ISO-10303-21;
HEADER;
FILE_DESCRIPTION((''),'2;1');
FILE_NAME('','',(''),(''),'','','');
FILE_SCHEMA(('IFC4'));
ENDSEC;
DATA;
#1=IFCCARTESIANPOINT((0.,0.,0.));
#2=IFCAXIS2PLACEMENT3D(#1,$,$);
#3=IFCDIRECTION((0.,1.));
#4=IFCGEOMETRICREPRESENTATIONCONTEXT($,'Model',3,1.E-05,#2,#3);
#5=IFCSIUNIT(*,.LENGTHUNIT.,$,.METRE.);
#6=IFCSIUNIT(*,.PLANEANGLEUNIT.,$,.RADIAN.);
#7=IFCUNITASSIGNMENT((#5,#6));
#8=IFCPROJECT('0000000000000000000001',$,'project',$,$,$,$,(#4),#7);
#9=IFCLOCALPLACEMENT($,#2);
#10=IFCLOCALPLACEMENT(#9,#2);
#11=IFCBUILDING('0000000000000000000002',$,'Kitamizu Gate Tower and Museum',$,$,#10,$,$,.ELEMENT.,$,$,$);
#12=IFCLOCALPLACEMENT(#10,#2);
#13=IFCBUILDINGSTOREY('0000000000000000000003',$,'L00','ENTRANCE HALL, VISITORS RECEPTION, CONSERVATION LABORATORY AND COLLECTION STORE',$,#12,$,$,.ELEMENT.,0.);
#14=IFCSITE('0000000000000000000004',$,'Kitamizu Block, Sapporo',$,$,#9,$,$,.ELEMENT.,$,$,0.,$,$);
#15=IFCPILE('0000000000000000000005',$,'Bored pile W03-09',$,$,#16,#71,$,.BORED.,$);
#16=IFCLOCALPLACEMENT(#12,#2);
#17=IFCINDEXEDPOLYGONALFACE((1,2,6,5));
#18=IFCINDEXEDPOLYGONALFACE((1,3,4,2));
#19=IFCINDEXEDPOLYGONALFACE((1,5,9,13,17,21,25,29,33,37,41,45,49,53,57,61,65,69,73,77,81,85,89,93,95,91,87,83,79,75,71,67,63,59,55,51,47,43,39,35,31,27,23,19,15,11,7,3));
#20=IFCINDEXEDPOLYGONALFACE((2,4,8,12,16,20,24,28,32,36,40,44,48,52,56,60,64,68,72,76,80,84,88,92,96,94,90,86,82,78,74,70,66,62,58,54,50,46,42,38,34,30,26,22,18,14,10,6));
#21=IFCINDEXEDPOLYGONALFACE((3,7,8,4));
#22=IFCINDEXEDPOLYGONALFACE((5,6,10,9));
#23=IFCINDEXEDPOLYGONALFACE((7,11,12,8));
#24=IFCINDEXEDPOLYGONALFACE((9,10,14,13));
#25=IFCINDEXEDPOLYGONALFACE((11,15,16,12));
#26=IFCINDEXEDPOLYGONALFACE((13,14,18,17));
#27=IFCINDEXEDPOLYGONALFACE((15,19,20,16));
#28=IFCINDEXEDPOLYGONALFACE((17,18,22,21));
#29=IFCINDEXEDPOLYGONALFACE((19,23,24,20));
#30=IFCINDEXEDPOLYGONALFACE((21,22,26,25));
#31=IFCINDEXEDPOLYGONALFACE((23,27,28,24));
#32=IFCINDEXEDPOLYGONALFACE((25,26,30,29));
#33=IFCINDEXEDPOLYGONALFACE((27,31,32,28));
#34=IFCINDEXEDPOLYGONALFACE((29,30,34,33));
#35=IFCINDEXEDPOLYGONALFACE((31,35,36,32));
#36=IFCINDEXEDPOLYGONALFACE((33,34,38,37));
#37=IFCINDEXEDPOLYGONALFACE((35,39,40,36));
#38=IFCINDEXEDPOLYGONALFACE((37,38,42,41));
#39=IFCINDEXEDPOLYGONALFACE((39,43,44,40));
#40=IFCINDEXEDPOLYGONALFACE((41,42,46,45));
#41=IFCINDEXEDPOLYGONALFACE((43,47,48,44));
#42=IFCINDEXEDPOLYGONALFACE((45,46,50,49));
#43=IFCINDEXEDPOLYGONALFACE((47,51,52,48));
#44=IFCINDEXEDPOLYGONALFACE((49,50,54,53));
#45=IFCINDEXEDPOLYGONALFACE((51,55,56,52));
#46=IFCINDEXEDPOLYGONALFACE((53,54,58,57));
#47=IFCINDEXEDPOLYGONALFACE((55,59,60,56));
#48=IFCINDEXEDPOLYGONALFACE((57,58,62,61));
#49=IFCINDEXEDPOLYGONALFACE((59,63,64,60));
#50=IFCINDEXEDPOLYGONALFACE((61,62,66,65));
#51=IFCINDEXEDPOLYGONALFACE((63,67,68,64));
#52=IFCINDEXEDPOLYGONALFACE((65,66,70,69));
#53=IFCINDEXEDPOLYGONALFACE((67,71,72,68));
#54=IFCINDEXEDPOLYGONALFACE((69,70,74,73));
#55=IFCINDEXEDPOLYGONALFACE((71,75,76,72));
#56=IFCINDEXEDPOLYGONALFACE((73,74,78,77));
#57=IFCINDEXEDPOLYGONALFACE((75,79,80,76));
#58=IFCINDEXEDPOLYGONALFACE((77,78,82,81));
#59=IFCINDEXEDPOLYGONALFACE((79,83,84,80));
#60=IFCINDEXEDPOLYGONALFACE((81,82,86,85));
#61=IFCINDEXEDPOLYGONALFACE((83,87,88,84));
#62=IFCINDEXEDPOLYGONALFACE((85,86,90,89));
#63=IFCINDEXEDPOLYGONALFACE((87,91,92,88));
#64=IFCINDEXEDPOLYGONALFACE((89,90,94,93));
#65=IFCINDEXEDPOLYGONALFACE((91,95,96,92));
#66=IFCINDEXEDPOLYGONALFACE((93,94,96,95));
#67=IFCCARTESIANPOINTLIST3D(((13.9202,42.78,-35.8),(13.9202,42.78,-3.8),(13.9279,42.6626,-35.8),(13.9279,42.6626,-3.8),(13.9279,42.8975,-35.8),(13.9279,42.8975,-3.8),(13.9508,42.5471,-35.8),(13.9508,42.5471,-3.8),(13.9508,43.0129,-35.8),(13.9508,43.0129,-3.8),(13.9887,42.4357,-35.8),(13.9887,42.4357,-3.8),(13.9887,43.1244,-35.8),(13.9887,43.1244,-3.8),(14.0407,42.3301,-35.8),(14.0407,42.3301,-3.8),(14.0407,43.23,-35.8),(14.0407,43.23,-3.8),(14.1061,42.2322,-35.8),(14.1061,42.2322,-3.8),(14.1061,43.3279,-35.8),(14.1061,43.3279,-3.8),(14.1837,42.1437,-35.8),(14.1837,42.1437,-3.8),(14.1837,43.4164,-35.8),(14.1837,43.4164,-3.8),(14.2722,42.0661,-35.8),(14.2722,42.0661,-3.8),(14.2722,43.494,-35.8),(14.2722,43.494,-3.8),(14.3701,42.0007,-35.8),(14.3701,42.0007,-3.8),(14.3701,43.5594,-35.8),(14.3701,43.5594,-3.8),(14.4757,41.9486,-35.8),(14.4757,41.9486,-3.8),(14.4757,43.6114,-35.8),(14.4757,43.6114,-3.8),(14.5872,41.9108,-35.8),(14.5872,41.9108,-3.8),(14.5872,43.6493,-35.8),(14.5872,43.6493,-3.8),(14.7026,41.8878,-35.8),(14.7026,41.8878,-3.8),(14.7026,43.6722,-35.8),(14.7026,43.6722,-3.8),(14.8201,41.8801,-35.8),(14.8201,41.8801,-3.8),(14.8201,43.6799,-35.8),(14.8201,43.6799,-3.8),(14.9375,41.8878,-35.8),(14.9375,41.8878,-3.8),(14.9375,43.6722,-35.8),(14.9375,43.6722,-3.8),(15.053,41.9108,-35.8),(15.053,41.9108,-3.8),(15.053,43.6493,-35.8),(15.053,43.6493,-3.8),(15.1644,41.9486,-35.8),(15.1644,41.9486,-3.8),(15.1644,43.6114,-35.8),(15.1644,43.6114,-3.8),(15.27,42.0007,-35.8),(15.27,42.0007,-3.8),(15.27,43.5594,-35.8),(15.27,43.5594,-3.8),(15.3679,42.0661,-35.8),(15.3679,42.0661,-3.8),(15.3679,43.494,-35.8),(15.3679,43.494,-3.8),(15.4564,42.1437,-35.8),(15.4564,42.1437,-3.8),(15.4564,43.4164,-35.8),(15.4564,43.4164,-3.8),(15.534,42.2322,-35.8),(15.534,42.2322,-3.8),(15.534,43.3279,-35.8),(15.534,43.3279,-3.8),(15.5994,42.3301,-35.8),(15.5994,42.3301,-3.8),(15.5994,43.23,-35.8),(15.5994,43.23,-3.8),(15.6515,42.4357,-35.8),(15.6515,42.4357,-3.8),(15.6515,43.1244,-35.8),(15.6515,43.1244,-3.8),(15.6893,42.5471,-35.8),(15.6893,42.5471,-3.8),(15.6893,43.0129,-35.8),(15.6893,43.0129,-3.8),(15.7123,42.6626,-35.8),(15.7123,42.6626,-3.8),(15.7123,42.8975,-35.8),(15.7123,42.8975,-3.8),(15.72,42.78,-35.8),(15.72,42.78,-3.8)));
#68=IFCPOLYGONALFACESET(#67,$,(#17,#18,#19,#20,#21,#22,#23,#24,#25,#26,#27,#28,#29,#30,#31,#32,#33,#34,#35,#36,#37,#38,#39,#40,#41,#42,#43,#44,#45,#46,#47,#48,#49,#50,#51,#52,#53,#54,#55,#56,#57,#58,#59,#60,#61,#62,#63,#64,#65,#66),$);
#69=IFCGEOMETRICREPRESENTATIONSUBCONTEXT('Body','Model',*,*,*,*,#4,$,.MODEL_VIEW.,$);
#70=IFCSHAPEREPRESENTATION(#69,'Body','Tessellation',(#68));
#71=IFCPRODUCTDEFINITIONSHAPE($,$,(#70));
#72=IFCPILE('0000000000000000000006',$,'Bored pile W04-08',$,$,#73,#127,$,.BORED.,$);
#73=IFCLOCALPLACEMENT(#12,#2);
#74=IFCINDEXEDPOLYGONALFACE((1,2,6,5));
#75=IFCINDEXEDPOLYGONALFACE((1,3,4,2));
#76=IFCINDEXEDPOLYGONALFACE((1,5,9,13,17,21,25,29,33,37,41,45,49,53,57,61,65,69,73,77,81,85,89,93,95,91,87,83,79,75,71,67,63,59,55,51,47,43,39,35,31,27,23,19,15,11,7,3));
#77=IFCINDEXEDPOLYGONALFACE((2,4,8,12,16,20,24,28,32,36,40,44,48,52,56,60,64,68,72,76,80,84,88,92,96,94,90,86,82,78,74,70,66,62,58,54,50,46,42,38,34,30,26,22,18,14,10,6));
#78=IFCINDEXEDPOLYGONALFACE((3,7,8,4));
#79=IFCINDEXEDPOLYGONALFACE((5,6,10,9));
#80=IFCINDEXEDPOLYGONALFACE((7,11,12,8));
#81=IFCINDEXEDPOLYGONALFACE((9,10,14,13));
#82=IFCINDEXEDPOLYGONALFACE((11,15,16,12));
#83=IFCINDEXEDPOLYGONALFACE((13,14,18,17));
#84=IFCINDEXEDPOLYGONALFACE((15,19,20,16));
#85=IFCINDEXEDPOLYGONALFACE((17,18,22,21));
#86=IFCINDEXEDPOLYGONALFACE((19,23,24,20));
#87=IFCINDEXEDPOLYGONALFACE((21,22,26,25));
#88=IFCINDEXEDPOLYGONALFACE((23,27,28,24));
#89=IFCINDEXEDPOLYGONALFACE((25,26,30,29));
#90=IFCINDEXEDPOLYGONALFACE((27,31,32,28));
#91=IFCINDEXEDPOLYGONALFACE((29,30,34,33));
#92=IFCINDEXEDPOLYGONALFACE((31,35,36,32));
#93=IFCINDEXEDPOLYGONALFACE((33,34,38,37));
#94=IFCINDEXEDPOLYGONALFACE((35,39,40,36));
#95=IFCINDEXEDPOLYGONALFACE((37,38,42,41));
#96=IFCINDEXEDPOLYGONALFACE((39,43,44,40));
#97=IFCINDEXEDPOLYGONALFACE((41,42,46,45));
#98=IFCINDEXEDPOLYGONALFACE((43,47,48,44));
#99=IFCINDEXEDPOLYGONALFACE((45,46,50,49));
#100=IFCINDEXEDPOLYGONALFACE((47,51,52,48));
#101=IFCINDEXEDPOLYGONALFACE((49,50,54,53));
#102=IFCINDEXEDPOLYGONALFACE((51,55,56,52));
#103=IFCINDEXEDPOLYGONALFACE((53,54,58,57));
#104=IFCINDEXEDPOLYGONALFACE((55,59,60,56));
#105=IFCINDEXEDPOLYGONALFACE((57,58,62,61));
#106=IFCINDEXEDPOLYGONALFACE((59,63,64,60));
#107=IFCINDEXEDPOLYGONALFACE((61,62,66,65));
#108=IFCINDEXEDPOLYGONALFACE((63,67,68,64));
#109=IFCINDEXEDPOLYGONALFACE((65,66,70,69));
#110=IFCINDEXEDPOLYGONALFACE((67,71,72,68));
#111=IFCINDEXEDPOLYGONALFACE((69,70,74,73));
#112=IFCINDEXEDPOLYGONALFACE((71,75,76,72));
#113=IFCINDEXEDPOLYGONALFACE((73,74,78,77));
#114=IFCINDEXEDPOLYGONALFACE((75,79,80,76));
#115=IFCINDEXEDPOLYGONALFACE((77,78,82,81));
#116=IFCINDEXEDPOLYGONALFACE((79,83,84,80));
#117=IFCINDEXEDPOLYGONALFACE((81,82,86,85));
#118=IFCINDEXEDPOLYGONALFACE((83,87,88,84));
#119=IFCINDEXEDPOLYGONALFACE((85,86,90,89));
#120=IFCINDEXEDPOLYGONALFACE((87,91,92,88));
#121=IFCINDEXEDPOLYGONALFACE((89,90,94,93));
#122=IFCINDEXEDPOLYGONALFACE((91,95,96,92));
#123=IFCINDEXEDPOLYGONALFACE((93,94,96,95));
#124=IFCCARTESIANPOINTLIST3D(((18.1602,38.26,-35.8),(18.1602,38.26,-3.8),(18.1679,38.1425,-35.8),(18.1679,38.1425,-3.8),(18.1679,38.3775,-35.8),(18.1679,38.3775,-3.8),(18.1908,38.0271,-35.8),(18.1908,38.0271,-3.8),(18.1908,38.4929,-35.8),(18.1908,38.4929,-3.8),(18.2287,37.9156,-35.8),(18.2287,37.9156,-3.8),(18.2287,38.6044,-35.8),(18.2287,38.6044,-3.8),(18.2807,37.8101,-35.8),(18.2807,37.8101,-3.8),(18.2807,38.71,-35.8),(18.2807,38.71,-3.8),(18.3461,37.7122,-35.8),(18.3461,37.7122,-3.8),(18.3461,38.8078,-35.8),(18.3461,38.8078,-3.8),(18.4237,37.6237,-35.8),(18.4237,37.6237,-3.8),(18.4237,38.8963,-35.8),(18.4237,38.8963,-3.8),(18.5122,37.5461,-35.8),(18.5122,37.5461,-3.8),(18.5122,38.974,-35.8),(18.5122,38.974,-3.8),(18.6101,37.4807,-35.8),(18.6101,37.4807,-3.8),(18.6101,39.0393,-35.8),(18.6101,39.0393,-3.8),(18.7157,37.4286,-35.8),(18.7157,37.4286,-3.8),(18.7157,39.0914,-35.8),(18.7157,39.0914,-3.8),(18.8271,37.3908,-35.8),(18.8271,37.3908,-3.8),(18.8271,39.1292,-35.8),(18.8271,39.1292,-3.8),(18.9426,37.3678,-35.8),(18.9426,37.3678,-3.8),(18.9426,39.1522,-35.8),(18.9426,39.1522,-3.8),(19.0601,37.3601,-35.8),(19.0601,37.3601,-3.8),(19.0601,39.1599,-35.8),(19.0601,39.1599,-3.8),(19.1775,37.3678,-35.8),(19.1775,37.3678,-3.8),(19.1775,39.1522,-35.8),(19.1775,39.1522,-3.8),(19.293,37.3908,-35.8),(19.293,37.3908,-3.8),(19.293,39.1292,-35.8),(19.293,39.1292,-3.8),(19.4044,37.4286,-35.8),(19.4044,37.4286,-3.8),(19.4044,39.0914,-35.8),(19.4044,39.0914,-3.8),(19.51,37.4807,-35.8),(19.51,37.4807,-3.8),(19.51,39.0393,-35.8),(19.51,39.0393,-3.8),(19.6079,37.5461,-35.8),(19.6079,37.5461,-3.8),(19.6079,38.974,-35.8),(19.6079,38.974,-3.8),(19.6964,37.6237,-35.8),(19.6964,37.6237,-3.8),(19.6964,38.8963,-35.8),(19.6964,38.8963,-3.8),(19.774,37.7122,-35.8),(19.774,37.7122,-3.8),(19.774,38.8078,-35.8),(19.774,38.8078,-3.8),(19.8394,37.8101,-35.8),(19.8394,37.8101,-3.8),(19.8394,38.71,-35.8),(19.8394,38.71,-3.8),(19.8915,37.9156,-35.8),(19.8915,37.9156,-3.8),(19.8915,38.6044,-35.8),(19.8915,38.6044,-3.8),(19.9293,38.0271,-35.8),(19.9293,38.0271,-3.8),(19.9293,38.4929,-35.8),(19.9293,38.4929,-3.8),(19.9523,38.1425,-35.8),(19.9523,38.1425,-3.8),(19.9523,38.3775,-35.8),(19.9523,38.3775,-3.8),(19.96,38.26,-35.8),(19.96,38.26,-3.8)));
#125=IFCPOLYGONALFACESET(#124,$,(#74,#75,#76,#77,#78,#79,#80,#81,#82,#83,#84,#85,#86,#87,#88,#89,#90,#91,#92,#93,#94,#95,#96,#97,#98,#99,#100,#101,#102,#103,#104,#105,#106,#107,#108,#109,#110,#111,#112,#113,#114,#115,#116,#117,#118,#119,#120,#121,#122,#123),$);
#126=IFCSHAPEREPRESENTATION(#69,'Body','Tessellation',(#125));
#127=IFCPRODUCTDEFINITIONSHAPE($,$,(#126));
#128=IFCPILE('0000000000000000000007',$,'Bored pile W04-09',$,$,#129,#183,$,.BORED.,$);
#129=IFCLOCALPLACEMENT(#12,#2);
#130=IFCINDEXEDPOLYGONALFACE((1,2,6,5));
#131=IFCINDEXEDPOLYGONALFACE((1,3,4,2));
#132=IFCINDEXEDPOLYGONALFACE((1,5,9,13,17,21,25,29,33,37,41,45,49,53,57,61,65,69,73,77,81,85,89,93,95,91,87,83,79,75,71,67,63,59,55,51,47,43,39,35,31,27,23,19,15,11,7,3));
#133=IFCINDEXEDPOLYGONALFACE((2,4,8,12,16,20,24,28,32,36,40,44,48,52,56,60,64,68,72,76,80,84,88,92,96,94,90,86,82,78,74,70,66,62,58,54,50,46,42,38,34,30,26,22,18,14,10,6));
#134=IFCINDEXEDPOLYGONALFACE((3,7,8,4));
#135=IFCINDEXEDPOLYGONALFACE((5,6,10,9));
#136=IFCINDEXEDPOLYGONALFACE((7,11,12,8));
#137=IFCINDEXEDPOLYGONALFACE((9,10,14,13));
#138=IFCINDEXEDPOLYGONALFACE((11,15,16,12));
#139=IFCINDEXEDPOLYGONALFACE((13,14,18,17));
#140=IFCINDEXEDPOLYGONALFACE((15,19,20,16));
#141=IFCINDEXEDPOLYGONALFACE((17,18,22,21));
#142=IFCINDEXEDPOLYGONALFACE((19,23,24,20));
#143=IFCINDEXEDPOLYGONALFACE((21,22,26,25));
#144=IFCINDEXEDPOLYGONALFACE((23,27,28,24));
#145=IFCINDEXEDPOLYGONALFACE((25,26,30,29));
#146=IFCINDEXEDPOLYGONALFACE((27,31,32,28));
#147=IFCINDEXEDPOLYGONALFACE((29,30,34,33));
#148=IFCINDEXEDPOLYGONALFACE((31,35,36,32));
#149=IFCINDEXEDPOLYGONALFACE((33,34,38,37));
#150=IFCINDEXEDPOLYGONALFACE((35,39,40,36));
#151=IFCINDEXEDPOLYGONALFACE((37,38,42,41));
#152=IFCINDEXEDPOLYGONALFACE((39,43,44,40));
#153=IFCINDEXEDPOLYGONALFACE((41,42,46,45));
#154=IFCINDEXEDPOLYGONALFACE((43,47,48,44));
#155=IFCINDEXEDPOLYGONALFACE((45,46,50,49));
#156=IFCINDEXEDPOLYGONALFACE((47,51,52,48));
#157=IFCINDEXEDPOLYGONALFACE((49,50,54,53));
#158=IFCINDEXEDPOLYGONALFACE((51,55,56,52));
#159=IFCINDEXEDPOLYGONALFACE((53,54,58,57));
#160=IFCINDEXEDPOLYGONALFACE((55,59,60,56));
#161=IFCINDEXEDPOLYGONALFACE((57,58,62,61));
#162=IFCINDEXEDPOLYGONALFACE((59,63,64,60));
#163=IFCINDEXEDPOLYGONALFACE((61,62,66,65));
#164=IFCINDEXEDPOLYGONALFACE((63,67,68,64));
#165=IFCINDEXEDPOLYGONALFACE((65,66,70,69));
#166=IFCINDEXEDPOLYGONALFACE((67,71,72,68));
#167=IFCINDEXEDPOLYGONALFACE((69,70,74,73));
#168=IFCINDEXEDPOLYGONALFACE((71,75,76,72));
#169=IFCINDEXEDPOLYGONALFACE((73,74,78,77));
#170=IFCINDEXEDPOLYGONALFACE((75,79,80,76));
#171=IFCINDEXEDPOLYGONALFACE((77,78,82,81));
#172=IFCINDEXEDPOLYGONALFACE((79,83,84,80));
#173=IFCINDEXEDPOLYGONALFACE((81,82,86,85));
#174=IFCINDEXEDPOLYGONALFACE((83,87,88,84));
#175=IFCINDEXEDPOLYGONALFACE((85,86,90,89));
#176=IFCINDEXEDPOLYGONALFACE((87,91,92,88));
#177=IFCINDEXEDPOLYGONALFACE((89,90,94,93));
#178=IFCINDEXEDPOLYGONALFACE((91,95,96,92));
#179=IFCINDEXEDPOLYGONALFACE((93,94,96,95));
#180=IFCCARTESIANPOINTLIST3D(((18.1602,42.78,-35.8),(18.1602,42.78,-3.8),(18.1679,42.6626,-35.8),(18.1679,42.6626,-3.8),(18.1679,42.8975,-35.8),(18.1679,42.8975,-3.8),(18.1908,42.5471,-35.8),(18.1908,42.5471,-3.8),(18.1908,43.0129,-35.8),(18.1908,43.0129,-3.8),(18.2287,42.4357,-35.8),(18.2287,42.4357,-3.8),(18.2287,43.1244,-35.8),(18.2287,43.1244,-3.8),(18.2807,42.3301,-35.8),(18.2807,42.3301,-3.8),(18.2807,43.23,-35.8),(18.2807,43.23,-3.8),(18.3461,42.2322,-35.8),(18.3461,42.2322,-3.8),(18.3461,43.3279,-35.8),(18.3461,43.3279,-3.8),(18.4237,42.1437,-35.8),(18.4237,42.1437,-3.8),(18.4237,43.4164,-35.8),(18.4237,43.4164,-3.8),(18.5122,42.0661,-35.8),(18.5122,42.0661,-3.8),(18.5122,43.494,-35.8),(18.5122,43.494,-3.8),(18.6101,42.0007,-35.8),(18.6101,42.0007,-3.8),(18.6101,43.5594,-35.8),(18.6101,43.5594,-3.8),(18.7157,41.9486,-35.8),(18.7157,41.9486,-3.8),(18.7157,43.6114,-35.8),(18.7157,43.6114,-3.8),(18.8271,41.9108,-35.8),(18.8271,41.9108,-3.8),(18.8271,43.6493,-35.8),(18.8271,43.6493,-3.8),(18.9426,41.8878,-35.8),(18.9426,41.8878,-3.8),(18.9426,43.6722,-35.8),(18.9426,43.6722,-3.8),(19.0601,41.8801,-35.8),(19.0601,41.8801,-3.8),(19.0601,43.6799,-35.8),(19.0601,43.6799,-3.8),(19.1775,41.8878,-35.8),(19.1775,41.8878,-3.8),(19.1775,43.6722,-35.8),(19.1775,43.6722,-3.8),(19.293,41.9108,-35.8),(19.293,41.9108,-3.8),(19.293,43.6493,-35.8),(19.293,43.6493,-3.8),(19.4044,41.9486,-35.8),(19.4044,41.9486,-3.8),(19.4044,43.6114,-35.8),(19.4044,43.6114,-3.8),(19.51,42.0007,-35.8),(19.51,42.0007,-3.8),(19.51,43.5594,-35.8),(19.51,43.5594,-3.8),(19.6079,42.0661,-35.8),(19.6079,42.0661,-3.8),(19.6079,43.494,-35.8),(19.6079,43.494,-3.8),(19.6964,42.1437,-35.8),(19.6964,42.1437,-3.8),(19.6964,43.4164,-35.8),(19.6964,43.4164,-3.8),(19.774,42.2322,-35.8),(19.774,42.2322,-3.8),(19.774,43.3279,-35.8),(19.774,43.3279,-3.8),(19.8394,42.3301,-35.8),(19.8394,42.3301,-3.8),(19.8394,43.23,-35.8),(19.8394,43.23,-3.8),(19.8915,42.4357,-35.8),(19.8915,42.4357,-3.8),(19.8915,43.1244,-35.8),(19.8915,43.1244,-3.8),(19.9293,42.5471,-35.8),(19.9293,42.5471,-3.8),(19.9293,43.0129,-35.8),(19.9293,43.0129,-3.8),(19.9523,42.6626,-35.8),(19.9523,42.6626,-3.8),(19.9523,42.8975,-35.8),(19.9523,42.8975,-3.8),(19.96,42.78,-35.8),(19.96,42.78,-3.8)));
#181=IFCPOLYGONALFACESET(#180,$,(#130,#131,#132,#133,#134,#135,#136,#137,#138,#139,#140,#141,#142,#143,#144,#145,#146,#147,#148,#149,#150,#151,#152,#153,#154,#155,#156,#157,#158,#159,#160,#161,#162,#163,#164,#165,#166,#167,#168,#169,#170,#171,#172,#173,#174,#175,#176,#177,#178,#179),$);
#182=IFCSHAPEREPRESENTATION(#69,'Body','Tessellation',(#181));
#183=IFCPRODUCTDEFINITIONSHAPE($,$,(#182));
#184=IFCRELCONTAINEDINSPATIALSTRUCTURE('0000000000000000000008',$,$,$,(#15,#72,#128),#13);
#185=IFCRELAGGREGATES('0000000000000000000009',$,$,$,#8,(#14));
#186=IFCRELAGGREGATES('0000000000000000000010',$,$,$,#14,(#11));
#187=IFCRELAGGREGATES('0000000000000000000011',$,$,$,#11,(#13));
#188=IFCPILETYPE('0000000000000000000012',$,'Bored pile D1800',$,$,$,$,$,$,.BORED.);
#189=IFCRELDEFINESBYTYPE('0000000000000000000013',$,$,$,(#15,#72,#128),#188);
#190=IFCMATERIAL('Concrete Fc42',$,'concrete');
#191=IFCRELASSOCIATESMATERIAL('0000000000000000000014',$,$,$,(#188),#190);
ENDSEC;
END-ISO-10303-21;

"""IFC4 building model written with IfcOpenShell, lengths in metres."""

from ifc_helpers import new_model, si_unit, direction, frame, origin, origin_2d, place, context, subcontext, project, spatial, circle, extrude, material, material_profile, profile_set, type_object, element, save


model = new_model("IFC4")

# Units and contexts
model_context = context("Model", 3, precision=1e-05, world=origin(), true_north=direction((0.0, 1.0)))
body_context = subcontext(model_context, "Body", "Model", "MODEL_VIEW")
ifc_project = project(units=[si_unit("LENGTHUNIT", "METRE"), si_unit("PLANEANGLEUNIT", "RADIAN")], contexts=[model_context])

# Site, building, storey
site_placement = place(None, origin())
site = spatial("IfcSite", under=ifc_project, at=site_placement, Name="Kitamizu Block, Sapporo", CompositionType="ELEMENT", RefElevation=0.0)
building_placement = place(site_placement, origin())
building = spatial("IfcBuilding", under=site, at=building_placement, Name="Kitamizu Gate Tower and Museum", CompositionType="ELEMENT")
storey_placement = place(building_placement, origin())
storey = spatial("IfcBuildingStorey", under=building, at=storey_placement, Name="L00", Description="ENTRANCE HALL, VISITORS RECEPTION, CONSERVATION LABORATORY AND COLLECTION STORE", CompositionType="ELEMENT", Elevation=0.0)

# Piles
ifc_material_1 = material(Name="Concrete Fc42", Category="concrete")
ifc_material_profile = material_profile(ifc_material_1, circle(Radius=0.8999, at=origin_2d()), Name="Bored pile D1800")
ifc_profile_set = profile_set([ifc_material_profile], Name="Concrete Fc42")
pile_type = type_object("IfcPileType", Name="Bored pile D1800", PredefinedType="BORED", material=ifc_profile_set)
for number, where, z_axis, x_axis, name in (
    (1, (14.8201, 42.78, -3.8), (0.0, 0.0, -1.0), (1.0, 0.0, 0.0), "Bored pile W03-09"),
    (2, (19.0601, 38.26, -3.8), (0.0, 0.0, -1.0), (1.0, 0.0, 0.0), "Bored pile W04-08"),
    (3, (19.0601, 42.78, -3.8), (0.0, 0.0, -1.0), (1.0, 0.0, 0.0), "Bored pile W04-09"),
):
    element("IfcPile", number, at=place(storey_placement, frame(where, z_axis=z_axis, x_axis=x_axis)), inside=storey, type_object=pile_type, Name=name, PredefinedType="BORED", context=body_context, shape_type="SweptSolid", body=[
        extrude(circle(Radius=0.8999, at=origin_2d()), origin(), (0.0, 0.0, 1.0), 32.0),
    ])

save(model, "model.ifc")
